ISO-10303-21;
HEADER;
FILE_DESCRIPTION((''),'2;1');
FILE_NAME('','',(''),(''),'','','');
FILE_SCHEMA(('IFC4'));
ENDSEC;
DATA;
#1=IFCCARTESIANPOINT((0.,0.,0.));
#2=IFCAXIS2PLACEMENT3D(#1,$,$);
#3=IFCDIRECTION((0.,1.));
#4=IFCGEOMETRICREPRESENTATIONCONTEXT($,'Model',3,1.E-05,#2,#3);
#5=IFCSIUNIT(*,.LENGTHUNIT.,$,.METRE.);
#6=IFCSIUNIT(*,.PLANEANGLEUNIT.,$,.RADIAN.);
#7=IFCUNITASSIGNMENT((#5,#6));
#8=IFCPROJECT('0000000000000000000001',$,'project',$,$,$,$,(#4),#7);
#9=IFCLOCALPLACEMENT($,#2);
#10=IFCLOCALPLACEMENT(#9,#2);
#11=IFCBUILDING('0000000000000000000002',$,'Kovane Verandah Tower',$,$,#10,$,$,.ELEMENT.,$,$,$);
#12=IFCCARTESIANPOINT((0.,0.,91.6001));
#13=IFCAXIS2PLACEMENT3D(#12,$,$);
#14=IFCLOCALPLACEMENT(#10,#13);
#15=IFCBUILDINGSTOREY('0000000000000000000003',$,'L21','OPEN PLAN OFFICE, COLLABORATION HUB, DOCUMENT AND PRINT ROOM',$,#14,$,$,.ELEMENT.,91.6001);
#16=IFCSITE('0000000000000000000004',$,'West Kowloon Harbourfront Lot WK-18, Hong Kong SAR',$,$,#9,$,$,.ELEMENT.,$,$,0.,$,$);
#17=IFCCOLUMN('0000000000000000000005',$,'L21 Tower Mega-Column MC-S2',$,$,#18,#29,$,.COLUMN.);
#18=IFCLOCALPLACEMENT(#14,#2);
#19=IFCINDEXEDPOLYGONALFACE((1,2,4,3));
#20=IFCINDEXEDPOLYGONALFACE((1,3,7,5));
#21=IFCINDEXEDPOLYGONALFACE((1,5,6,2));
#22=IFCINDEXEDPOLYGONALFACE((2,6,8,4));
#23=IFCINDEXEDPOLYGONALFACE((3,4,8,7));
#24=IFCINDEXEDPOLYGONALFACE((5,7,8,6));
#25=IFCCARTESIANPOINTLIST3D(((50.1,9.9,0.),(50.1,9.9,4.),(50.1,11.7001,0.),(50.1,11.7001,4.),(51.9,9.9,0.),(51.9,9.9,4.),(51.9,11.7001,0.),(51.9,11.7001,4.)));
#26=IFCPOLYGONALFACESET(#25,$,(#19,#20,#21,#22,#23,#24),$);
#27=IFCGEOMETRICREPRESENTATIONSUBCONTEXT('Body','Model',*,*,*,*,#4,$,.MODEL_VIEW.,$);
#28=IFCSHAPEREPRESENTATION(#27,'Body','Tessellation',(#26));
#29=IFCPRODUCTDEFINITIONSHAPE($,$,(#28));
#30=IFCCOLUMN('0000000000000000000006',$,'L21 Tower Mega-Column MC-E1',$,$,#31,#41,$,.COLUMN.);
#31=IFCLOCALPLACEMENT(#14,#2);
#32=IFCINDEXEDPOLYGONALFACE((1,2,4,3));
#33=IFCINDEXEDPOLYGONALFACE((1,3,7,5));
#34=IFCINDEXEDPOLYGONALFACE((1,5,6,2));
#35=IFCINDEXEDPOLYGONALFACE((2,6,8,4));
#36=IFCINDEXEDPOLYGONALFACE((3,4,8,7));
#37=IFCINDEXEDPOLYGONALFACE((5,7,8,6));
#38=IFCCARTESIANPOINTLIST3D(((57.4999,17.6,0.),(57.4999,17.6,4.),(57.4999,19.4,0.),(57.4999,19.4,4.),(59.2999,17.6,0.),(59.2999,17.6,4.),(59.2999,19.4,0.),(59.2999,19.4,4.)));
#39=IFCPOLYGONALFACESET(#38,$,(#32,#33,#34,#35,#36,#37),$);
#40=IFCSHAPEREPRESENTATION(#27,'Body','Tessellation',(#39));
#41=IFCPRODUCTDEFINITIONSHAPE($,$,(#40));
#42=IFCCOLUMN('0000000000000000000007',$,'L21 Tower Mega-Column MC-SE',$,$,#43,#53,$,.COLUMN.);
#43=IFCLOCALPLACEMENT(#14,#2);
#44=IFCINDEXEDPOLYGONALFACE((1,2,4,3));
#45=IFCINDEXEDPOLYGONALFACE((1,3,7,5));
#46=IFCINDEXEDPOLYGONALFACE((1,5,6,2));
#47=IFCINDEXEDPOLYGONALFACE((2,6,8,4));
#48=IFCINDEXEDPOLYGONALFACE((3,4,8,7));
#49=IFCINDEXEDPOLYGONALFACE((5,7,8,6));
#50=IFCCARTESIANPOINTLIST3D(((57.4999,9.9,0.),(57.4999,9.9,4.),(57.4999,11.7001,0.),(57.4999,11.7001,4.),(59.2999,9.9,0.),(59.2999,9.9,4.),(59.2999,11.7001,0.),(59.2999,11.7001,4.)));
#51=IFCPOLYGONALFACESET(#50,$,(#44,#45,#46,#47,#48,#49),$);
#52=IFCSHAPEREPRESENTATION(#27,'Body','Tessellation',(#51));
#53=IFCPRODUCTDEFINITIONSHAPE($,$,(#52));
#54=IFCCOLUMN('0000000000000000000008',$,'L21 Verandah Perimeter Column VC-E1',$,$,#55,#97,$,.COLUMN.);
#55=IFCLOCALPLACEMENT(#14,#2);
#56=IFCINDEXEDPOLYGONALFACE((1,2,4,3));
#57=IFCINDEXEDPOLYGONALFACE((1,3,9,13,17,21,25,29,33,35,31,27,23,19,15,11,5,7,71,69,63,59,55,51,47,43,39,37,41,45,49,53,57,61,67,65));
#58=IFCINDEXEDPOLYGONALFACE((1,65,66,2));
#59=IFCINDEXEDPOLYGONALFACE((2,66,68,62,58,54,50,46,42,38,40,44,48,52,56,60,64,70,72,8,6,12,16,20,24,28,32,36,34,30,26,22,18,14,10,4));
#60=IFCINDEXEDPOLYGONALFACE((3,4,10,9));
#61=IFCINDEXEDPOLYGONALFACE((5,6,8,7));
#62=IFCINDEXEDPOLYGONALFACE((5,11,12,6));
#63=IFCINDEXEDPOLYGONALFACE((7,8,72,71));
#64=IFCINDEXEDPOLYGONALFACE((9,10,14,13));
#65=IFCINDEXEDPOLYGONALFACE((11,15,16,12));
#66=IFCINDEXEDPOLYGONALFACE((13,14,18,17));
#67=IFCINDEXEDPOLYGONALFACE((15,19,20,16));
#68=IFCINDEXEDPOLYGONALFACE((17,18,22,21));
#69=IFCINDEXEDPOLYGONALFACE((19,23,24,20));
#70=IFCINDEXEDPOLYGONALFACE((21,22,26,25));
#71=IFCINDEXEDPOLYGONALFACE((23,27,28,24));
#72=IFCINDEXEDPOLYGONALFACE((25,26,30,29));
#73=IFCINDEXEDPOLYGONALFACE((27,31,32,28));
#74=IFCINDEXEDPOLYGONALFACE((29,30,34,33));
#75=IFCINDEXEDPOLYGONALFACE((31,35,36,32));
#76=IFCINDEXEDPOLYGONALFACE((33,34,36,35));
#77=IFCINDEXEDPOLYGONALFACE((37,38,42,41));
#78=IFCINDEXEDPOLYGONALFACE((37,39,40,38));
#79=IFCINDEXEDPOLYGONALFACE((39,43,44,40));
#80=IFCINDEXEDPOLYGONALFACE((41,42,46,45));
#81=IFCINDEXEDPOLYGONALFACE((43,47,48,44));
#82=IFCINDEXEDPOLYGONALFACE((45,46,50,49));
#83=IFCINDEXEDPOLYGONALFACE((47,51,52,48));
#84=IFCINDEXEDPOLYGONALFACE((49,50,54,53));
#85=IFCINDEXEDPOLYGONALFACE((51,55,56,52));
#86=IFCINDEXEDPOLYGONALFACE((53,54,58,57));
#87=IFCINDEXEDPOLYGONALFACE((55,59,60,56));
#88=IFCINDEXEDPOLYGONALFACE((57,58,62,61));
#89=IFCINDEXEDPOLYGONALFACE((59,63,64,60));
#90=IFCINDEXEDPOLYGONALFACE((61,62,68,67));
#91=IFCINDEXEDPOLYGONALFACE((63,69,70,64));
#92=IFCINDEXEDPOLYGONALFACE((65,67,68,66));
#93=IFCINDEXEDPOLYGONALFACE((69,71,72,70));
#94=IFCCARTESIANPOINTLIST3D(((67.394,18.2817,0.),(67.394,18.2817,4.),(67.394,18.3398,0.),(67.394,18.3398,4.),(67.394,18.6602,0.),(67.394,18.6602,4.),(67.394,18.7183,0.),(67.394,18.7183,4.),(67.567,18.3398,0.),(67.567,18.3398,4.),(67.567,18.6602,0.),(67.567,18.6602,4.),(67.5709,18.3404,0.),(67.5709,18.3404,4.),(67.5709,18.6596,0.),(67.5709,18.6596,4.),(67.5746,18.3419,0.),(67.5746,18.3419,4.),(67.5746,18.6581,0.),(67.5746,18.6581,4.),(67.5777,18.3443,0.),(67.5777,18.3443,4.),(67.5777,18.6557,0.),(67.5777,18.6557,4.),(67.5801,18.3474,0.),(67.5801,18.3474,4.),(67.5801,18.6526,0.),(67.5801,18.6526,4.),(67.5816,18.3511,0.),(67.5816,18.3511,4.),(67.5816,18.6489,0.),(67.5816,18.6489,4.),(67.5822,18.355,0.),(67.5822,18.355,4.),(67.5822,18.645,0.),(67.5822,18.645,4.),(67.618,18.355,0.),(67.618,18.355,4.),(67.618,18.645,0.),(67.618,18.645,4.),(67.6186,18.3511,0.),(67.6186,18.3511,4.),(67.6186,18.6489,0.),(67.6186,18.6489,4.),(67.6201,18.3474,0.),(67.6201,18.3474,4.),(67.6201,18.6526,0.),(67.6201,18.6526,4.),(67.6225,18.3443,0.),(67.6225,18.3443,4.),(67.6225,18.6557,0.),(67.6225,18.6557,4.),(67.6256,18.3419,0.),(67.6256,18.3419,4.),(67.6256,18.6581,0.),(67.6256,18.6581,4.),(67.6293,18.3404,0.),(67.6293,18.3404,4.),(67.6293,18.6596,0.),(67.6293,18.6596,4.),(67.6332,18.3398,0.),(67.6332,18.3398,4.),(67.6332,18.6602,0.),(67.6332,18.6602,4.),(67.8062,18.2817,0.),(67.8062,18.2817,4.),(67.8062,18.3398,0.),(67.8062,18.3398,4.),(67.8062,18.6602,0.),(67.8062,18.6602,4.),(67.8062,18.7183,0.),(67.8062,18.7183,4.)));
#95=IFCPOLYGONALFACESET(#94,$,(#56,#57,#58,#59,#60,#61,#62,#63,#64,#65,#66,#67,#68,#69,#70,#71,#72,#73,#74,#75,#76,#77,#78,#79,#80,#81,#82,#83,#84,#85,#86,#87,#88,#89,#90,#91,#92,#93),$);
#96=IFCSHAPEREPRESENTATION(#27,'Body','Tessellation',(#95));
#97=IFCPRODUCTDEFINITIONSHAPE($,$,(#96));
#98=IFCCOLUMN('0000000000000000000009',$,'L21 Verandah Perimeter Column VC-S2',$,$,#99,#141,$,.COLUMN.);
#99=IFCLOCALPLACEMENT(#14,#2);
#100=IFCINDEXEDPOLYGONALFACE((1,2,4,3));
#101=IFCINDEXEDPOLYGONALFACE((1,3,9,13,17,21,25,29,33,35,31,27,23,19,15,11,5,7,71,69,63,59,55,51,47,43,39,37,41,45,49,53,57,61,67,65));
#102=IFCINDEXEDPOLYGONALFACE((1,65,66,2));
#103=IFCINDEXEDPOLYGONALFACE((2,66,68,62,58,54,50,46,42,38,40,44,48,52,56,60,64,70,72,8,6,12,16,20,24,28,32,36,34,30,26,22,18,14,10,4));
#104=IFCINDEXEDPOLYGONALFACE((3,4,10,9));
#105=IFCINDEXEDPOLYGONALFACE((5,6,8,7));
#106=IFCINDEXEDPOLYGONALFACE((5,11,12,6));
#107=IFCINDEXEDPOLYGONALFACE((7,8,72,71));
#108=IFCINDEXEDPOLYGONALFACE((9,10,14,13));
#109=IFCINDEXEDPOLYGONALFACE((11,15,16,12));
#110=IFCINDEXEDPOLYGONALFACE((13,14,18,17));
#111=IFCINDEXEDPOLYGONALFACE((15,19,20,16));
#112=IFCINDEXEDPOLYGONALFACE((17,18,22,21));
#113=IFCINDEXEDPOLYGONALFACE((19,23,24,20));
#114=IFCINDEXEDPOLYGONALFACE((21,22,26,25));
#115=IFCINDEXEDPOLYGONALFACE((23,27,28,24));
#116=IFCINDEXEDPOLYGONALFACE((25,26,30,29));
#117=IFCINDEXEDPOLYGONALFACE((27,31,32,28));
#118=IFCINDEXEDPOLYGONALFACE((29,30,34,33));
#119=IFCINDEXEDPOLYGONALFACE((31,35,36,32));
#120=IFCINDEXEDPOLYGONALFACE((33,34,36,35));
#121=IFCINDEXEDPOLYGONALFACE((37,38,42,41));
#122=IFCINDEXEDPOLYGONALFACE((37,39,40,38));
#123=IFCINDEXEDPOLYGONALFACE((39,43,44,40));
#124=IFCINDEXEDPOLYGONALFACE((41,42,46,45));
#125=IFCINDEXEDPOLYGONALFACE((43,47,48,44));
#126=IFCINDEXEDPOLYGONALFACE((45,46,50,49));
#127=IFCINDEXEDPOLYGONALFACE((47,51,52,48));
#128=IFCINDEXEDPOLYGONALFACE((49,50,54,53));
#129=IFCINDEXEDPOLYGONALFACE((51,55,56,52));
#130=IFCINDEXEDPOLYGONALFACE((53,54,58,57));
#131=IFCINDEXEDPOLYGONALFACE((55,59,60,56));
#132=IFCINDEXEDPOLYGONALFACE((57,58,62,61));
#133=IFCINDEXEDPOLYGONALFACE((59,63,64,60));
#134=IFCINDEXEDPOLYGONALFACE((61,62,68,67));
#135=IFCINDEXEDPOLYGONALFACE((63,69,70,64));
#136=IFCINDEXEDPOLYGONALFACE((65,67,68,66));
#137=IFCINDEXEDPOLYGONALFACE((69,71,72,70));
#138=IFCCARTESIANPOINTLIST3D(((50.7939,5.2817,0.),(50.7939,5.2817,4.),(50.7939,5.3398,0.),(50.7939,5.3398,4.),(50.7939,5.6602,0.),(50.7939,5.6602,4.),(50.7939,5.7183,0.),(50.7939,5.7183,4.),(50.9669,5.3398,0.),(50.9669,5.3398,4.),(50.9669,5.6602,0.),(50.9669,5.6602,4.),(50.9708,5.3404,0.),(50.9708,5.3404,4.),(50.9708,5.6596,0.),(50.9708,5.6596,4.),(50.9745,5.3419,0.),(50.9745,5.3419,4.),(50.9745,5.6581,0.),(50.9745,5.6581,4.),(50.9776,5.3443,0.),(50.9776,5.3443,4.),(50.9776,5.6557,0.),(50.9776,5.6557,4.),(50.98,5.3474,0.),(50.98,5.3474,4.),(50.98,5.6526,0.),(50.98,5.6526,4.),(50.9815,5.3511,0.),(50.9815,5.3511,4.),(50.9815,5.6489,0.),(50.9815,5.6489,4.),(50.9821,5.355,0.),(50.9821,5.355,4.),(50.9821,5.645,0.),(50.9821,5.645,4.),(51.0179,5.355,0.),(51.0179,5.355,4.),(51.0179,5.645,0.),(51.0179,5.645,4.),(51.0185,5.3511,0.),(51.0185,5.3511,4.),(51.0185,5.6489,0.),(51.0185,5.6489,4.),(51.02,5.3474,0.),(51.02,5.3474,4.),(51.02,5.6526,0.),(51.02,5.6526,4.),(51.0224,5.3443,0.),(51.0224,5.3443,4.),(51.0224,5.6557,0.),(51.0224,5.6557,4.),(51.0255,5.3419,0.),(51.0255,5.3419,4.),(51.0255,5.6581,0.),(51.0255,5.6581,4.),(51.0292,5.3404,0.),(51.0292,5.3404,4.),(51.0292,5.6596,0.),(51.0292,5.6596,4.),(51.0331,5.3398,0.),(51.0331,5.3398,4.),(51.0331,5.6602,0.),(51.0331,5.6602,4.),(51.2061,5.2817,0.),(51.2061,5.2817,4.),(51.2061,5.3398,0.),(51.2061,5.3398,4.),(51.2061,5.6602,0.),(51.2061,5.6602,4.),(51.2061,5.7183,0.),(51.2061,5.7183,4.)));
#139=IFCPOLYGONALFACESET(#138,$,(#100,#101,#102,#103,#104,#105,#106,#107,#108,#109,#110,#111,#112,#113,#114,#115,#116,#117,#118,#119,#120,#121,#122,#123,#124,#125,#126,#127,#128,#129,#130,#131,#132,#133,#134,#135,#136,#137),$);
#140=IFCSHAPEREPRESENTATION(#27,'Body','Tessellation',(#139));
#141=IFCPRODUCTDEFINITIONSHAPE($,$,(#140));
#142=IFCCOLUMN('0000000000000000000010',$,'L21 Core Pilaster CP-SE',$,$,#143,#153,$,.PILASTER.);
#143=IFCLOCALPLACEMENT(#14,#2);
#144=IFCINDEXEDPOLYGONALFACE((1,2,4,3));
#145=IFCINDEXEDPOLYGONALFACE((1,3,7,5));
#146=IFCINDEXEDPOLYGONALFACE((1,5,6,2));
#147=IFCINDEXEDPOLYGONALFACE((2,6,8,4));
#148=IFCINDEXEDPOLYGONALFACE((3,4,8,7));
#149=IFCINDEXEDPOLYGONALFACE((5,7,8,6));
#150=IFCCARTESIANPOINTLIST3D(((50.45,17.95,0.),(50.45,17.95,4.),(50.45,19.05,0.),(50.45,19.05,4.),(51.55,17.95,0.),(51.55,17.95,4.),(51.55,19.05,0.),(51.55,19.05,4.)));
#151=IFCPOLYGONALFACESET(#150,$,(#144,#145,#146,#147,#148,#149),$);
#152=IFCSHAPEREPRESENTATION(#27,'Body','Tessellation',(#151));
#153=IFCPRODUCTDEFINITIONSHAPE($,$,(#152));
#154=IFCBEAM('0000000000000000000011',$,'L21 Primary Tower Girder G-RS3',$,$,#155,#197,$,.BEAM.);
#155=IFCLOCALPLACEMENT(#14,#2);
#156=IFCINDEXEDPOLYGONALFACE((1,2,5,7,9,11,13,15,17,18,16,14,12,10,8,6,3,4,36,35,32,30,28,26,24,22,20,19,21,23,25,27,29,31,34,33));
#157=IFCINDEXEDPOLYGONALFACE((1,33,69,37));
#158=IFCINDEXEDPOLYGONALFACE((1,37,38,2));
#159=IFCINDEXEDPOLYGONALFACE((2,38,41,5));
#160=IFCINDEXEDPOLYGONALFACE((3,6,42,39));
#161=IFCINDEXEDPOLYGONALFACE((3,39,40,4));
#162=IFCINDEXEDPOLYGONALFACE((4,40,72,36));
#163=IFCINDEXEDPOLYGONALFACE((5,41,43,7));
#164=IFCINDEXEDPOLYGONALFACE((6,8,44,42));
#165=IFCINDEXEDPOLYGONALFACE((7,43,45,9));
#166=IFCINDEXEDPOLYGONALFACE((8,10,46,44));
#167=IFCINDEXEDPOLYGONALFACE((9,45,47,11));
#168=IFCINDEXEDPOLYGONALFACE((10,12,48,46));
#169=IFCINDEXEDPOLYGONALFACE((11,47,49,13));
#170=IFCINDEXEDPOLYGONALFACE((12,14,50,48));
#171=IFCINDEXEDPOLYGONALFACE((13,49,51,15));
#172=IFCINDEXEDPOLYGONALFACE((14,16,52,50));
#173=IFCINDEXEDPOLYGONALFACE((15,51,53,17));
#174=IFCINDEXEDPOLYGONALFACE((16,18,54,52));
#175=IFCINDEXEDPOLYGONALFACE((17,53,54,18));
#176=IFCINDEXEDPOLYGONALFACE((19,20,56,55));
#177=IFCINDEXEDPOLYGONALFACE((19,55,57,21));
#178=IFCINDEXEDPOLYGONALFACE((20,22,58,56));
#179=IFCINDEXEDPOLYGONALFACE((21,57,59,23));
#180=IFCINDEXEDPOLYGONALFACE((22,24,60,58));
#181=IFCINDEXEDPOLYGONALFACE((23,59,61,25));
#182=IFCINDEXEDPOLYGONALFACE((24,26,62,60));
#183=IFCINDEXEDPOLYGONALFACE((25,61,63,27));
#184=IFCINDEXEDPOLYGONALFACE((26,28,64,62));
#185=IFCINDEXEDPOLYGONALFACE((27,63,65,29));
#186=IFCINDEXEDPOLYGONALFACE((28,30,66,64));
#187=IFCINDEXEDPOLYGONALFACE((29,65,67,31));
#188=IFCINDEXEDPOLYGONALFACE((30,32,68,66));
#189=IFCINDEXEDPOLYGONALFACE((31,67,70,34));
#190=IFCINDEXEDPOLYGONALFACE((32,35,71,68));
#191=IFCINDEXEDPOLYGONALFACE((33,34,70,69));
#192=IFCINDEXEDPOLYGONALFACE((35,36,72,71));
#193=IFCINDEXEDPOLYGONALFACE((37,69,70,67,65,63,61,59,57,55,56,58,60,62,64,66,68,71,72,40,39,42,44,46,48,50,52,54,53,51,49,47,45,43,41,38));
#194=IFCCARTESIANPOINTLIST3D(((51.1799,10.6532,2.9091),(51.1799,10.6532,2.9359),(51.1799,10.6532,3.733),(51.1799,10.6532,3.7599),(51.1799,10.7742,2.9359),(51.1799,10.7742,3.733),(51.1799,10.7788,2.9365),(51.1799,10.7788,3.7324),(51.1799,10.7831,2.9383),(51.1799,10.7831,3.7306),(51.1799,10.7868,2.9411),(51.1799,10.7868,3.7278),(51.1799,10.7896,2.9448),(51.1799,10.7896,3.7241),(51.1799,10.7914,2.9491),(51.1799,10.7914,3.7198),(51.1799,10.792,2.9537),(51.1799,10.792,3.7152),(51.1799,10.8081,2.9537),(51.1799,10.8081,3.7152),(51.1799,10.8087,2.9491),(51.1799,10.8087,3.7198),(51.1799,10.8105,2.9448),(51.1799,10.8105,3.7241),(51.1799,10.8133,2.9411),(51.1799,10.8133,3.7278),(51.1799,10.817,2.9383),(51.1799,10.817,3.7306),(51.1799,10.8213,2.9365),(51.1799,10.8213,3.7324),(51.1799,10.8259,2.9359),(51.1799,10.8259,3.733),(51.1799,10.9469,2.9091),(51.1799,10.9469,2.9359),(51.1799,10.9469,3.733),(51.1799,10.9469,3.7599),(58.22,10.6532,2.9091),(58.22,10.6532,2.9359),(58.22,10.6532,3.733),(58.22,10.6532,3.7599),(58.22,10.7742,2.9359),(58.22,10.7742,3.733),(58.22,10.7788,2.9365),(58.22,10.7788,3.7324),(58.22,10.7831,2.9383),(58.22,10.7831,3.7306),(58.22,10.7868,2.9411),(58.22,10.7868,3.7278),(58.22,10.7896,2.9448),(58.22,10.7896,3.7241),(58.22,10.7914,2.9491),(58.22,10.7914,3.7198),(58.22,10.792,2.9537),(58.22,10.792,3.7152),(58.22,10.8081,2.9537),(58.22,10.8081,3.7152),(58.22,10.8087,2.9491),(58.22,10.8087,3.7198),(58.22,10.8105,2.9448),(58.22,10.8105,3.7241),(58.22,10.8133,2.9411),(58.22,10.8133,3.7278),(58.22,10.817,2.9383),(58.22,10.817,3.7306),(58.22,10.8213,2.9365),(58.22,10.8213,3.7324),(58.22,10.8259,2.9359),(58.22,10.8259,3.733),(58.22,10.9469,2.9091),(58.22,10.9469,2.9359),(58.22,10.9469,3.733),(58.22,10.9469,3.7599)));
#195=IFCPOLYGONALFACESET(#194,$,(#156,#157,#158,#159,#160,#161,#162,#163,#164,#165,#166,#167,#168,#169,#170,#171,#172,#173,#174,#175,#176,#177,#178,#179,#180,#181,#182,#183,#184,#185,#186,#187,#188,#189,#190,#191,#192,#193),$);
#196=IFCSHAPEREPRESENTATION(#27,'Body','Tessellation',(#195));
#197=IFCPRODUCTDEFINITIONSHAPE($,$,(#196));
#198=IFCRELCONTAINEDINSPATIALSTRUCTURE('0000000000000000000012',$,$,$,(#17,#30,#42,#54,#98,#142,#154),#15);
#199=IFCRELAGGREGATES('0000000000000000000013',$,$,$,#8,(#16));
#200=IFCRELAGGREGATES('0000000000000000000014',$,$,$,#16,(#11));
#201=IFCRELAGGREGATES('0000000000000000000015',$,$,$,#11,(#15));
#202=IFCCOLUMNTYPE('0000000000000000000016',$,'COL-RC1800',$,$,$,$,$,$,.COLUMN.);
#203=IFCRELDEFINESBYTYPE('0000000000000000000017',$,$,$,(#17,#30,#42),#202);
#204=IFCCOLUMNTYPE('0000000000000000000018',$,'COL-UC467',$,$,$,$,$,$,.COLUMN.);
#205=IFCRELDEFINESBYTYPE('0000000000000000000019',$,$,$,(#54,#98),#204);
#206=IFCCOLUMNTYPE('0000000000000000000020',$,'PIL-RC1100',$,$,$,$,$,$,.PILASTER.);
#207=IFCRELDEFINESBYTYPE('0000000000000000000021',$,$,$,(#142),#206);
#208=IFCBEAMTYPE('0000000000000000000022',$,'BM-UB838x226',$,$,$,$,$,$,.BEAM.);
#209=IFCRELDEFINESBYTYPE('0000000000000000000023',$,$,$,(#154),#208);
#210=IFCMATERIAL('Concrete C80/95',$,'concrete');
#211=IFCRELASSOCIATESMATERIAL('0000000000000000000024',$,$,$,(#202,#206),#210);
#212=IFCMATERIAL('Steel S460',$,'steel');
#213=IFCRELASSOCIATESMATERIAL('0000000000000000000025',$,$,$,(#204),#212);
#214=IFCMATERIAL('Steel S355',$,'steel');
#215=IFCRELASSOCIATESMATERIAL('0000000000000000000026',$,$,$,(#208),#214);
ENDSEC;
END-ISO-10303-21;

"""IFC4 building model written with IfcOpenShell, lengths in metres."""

from ifc_helpers import new_model, si_unit, direction, frame, origin, origin_2d, place, context, subcontext, project, spatial, rectangle, i_section, extrude, material, material_profile, profile_set, type_object, element, save


model = new_model("IFC4")

# Units and contexts
model_context = context("Model", 3, precision=1e-05, world=origin(), true_north=direction((0.0, 1.0)))
body_context = subcontext(model_context, "Body", "Model", "MODEL_VIEW")
ifc_project = project(units=[si_unit("LENGTHUNIT", "METRE"), si_unit("PLANEANGLEUNIT", "RADIAN")], contexts=[model_context])

# Site, building, storey
site_placement = place(None, origin())
site = spatial("IfcSite", under=ifc_project, at=site_placement, Name="West Kowloon Harbourfront Lot WK-18, Hong Kong SAR", CompositionType="ELEMENT", RefElevation=0.0)
building_placement = place(site_placement, origin())
building = spatial("IfcBuilding", under=site, at=building_placement, Name="Kovane Verandah Tower", CompositionType="ELEMENT")
storey_placement = place(building_placement, frame((0.0, 0.0, 91.6001)))
storey = spatial("IfcBuildingStorey", under=building, at=storey_placement, Name="L21", Description="OPEN PLAN OFFICE, COLLABORATION HUB, DOCUMENT AND PRINT ROOM", CompositionType="ELEMENT", Elevation=91.6001)

# Columns
ifc_material_1 = material(Name="Concrete C80/95", Category="concrete")
ifc_material_profile_1 = material_profile(ifc_material_1, rectangle(XDim=1.8, YDim=1.8, at=origin_2d()), Name="RC1800x1800")
ifc_profile_set_1 = profile_set([ifc_material_profile_1], Name="Concrete C80/95")
column_type_1 = type_object("IfcColumnType", Name="COL-RC1800", PredefinedType="COLUMN", material=ifc_profile_set_1)
for number, where, z_axis, x_axis, name in (
    (1, (51.0, 10.8, 0.0), (0.0, 0.0, 1.0), (1.0, 0.0, 0.0), "L21 Tower Mega-Column MC-S2"),
    (2, (58.3999, 18.5, 0.0), (0.0, 0.0, 1.0), (1.0, 0.0, 0.0), "L21 Tower Mega-Column MC-E1"),
    (3, (58.3999, 10.8, 0.0), (0.0, 0.0, 1.0), (1.0, 0.0, 0.0), "L21 Tower Mega-Column MC-SE"),
):
    element("IfcColumn", number, at=place(storey_placement, frame(where, z_axis=z_axis, x_axis=x_axis)), inside=storey, type_object=column_type_1, Name=name, PredefinedType="COLUMN", context=body_context, shape_type="SweptSolid", body=[
        extrude(rectangle(XDim=1.8, YDim=1.8, at=origin_2d()), origin(), (0.0, 0.0, 1.0), 4.0),
    ])
ifc_material_2 = material(Name="Steel S460", Category="steel")
ifc_material_profile_2 = material_profile(ifc_material_2, i_section(OverallWidth=0.4121, OverallDepth=0.4365, WebThickness=0.0359, FlangeThickness=0.0581, FilletRadius=0.0151, at=origin_2d()), Name="UC356x406x467")
ifc_profile_set_2 = profile_set([ifc_material_profile_2], Name="Steel S460")
column_type_2 = type_object("IfcColumnType", Name="COL-UC467", PredefinedType="COLUMN", material=ifc_profile_set_2)
for number, where, z_axis, x_axis, name in (
    (4, (67.6001, 18.5, 0.0), (0.0, 0.0, 1.0), (1.0, 0.0, 0.0), "L21 Verandah Perimeter Column VC-E1"),
    (5, (51.0, 5.5, 0.0), (0.0, 0.0, 1.0), (1.0, 0.0, 0.0), "L21 Verandah Perimeter Column VC-S2"),
):
    element("IfcColumn", number, at=place(storey_placement, frame(where, z_axis=z_axis, x_axis=x_axis)), inside=storey, type_object=column_type_2, Name=name, PredefinedType="COLUMN", context=body_context, shape_type="SweptSolid", body=[
        extrude(i_section(OverallWidth=0.4121, OverallDepth=0.4365, WebThickness=0.0359, FlangeThickness=0.0581, FilletRadius=0.0151, at=origin_2d()), origin(), (0.0, 0.0, 1.0), 4.0),
    ])
ifc_material_profile_3 = material_profile(ifc_material_1, rectangle(XDim=1.1001, YDim=1.1001, at=origin_2d()), Name="RC1100x1100")
ifc_profile_set_3 = profile_set([ifc_material_profile_3], Name="Concrete C80/95")
column_type_3 = type_object("IfcColumnType", Name="PIL-RC1100", PredefinedType="PILASTER", material=ifc_profile_set_3)
column_placement = place(storey_placement, frame((51.0, 18.5, 0.0), z_axis=(0.0, 0.0, 1.0), x_axis=(1.0, 0.0, 0.0)))
element("IfcColumn", 6, at=column_placement, inside=storey, type_object=column_type_3, Name="L21 Core Pilaster CP-SE", PredefinedType="PILASTER", context=body_context, shape_type="SweptSolid", body=[
    extrude(rectangle(XDim=1.1001, YDim=1.1001, at=origin_2d()), origin(), (0.0, 0.0, 1.0), 4.0),
])

# Beam
ifc_material_3 = material(Name="Steel S355", Category="steel")
ifc_material_profile_4 = material_profile(ifc_material_3, i_section(OverallWidth=0.2937, OverallDepth=0.8508, WebThickness=0.0161, FlangeThickness=0.0269, FilletRadius=0.0178, at=origin_2d()), Name="UB838x292x226")
ifc_profile_set_4 = profile_set([ifc_material_profile_4], Name="Steel S355")
beam_type_1 = type_object("IfcBeamType", Name="BM-UB838x226", PredefinedType="BEAM", material=ifc_profile_set_4)
beam_1_placement = place(storey_placement, frame((51.1799, 10.8, 3.3345), z_axis=(1.0, 0.0, 0.0), x_axis=(0.0, 1.0, 0.0)))
element("IfcBeam", 7, at=beam_1_placement, inside=storey, type_object=beam_type_1, Name="L21 Primary Tower Girder G-RS3", PredefinedType="BEAM", context=body_context, shape_type="SweptSolid", body=[
    extrude(i_section(OverallWidth=0.2937, OverallDepth=0.8508, WebThickness=0.0161, FlangeThickness=0.0269, FilletRadius=0.0178, at=origin_2d()), origin(), (0.0, 0.0, 1.0), 7.04),
])

save(model, "model.ifc")
